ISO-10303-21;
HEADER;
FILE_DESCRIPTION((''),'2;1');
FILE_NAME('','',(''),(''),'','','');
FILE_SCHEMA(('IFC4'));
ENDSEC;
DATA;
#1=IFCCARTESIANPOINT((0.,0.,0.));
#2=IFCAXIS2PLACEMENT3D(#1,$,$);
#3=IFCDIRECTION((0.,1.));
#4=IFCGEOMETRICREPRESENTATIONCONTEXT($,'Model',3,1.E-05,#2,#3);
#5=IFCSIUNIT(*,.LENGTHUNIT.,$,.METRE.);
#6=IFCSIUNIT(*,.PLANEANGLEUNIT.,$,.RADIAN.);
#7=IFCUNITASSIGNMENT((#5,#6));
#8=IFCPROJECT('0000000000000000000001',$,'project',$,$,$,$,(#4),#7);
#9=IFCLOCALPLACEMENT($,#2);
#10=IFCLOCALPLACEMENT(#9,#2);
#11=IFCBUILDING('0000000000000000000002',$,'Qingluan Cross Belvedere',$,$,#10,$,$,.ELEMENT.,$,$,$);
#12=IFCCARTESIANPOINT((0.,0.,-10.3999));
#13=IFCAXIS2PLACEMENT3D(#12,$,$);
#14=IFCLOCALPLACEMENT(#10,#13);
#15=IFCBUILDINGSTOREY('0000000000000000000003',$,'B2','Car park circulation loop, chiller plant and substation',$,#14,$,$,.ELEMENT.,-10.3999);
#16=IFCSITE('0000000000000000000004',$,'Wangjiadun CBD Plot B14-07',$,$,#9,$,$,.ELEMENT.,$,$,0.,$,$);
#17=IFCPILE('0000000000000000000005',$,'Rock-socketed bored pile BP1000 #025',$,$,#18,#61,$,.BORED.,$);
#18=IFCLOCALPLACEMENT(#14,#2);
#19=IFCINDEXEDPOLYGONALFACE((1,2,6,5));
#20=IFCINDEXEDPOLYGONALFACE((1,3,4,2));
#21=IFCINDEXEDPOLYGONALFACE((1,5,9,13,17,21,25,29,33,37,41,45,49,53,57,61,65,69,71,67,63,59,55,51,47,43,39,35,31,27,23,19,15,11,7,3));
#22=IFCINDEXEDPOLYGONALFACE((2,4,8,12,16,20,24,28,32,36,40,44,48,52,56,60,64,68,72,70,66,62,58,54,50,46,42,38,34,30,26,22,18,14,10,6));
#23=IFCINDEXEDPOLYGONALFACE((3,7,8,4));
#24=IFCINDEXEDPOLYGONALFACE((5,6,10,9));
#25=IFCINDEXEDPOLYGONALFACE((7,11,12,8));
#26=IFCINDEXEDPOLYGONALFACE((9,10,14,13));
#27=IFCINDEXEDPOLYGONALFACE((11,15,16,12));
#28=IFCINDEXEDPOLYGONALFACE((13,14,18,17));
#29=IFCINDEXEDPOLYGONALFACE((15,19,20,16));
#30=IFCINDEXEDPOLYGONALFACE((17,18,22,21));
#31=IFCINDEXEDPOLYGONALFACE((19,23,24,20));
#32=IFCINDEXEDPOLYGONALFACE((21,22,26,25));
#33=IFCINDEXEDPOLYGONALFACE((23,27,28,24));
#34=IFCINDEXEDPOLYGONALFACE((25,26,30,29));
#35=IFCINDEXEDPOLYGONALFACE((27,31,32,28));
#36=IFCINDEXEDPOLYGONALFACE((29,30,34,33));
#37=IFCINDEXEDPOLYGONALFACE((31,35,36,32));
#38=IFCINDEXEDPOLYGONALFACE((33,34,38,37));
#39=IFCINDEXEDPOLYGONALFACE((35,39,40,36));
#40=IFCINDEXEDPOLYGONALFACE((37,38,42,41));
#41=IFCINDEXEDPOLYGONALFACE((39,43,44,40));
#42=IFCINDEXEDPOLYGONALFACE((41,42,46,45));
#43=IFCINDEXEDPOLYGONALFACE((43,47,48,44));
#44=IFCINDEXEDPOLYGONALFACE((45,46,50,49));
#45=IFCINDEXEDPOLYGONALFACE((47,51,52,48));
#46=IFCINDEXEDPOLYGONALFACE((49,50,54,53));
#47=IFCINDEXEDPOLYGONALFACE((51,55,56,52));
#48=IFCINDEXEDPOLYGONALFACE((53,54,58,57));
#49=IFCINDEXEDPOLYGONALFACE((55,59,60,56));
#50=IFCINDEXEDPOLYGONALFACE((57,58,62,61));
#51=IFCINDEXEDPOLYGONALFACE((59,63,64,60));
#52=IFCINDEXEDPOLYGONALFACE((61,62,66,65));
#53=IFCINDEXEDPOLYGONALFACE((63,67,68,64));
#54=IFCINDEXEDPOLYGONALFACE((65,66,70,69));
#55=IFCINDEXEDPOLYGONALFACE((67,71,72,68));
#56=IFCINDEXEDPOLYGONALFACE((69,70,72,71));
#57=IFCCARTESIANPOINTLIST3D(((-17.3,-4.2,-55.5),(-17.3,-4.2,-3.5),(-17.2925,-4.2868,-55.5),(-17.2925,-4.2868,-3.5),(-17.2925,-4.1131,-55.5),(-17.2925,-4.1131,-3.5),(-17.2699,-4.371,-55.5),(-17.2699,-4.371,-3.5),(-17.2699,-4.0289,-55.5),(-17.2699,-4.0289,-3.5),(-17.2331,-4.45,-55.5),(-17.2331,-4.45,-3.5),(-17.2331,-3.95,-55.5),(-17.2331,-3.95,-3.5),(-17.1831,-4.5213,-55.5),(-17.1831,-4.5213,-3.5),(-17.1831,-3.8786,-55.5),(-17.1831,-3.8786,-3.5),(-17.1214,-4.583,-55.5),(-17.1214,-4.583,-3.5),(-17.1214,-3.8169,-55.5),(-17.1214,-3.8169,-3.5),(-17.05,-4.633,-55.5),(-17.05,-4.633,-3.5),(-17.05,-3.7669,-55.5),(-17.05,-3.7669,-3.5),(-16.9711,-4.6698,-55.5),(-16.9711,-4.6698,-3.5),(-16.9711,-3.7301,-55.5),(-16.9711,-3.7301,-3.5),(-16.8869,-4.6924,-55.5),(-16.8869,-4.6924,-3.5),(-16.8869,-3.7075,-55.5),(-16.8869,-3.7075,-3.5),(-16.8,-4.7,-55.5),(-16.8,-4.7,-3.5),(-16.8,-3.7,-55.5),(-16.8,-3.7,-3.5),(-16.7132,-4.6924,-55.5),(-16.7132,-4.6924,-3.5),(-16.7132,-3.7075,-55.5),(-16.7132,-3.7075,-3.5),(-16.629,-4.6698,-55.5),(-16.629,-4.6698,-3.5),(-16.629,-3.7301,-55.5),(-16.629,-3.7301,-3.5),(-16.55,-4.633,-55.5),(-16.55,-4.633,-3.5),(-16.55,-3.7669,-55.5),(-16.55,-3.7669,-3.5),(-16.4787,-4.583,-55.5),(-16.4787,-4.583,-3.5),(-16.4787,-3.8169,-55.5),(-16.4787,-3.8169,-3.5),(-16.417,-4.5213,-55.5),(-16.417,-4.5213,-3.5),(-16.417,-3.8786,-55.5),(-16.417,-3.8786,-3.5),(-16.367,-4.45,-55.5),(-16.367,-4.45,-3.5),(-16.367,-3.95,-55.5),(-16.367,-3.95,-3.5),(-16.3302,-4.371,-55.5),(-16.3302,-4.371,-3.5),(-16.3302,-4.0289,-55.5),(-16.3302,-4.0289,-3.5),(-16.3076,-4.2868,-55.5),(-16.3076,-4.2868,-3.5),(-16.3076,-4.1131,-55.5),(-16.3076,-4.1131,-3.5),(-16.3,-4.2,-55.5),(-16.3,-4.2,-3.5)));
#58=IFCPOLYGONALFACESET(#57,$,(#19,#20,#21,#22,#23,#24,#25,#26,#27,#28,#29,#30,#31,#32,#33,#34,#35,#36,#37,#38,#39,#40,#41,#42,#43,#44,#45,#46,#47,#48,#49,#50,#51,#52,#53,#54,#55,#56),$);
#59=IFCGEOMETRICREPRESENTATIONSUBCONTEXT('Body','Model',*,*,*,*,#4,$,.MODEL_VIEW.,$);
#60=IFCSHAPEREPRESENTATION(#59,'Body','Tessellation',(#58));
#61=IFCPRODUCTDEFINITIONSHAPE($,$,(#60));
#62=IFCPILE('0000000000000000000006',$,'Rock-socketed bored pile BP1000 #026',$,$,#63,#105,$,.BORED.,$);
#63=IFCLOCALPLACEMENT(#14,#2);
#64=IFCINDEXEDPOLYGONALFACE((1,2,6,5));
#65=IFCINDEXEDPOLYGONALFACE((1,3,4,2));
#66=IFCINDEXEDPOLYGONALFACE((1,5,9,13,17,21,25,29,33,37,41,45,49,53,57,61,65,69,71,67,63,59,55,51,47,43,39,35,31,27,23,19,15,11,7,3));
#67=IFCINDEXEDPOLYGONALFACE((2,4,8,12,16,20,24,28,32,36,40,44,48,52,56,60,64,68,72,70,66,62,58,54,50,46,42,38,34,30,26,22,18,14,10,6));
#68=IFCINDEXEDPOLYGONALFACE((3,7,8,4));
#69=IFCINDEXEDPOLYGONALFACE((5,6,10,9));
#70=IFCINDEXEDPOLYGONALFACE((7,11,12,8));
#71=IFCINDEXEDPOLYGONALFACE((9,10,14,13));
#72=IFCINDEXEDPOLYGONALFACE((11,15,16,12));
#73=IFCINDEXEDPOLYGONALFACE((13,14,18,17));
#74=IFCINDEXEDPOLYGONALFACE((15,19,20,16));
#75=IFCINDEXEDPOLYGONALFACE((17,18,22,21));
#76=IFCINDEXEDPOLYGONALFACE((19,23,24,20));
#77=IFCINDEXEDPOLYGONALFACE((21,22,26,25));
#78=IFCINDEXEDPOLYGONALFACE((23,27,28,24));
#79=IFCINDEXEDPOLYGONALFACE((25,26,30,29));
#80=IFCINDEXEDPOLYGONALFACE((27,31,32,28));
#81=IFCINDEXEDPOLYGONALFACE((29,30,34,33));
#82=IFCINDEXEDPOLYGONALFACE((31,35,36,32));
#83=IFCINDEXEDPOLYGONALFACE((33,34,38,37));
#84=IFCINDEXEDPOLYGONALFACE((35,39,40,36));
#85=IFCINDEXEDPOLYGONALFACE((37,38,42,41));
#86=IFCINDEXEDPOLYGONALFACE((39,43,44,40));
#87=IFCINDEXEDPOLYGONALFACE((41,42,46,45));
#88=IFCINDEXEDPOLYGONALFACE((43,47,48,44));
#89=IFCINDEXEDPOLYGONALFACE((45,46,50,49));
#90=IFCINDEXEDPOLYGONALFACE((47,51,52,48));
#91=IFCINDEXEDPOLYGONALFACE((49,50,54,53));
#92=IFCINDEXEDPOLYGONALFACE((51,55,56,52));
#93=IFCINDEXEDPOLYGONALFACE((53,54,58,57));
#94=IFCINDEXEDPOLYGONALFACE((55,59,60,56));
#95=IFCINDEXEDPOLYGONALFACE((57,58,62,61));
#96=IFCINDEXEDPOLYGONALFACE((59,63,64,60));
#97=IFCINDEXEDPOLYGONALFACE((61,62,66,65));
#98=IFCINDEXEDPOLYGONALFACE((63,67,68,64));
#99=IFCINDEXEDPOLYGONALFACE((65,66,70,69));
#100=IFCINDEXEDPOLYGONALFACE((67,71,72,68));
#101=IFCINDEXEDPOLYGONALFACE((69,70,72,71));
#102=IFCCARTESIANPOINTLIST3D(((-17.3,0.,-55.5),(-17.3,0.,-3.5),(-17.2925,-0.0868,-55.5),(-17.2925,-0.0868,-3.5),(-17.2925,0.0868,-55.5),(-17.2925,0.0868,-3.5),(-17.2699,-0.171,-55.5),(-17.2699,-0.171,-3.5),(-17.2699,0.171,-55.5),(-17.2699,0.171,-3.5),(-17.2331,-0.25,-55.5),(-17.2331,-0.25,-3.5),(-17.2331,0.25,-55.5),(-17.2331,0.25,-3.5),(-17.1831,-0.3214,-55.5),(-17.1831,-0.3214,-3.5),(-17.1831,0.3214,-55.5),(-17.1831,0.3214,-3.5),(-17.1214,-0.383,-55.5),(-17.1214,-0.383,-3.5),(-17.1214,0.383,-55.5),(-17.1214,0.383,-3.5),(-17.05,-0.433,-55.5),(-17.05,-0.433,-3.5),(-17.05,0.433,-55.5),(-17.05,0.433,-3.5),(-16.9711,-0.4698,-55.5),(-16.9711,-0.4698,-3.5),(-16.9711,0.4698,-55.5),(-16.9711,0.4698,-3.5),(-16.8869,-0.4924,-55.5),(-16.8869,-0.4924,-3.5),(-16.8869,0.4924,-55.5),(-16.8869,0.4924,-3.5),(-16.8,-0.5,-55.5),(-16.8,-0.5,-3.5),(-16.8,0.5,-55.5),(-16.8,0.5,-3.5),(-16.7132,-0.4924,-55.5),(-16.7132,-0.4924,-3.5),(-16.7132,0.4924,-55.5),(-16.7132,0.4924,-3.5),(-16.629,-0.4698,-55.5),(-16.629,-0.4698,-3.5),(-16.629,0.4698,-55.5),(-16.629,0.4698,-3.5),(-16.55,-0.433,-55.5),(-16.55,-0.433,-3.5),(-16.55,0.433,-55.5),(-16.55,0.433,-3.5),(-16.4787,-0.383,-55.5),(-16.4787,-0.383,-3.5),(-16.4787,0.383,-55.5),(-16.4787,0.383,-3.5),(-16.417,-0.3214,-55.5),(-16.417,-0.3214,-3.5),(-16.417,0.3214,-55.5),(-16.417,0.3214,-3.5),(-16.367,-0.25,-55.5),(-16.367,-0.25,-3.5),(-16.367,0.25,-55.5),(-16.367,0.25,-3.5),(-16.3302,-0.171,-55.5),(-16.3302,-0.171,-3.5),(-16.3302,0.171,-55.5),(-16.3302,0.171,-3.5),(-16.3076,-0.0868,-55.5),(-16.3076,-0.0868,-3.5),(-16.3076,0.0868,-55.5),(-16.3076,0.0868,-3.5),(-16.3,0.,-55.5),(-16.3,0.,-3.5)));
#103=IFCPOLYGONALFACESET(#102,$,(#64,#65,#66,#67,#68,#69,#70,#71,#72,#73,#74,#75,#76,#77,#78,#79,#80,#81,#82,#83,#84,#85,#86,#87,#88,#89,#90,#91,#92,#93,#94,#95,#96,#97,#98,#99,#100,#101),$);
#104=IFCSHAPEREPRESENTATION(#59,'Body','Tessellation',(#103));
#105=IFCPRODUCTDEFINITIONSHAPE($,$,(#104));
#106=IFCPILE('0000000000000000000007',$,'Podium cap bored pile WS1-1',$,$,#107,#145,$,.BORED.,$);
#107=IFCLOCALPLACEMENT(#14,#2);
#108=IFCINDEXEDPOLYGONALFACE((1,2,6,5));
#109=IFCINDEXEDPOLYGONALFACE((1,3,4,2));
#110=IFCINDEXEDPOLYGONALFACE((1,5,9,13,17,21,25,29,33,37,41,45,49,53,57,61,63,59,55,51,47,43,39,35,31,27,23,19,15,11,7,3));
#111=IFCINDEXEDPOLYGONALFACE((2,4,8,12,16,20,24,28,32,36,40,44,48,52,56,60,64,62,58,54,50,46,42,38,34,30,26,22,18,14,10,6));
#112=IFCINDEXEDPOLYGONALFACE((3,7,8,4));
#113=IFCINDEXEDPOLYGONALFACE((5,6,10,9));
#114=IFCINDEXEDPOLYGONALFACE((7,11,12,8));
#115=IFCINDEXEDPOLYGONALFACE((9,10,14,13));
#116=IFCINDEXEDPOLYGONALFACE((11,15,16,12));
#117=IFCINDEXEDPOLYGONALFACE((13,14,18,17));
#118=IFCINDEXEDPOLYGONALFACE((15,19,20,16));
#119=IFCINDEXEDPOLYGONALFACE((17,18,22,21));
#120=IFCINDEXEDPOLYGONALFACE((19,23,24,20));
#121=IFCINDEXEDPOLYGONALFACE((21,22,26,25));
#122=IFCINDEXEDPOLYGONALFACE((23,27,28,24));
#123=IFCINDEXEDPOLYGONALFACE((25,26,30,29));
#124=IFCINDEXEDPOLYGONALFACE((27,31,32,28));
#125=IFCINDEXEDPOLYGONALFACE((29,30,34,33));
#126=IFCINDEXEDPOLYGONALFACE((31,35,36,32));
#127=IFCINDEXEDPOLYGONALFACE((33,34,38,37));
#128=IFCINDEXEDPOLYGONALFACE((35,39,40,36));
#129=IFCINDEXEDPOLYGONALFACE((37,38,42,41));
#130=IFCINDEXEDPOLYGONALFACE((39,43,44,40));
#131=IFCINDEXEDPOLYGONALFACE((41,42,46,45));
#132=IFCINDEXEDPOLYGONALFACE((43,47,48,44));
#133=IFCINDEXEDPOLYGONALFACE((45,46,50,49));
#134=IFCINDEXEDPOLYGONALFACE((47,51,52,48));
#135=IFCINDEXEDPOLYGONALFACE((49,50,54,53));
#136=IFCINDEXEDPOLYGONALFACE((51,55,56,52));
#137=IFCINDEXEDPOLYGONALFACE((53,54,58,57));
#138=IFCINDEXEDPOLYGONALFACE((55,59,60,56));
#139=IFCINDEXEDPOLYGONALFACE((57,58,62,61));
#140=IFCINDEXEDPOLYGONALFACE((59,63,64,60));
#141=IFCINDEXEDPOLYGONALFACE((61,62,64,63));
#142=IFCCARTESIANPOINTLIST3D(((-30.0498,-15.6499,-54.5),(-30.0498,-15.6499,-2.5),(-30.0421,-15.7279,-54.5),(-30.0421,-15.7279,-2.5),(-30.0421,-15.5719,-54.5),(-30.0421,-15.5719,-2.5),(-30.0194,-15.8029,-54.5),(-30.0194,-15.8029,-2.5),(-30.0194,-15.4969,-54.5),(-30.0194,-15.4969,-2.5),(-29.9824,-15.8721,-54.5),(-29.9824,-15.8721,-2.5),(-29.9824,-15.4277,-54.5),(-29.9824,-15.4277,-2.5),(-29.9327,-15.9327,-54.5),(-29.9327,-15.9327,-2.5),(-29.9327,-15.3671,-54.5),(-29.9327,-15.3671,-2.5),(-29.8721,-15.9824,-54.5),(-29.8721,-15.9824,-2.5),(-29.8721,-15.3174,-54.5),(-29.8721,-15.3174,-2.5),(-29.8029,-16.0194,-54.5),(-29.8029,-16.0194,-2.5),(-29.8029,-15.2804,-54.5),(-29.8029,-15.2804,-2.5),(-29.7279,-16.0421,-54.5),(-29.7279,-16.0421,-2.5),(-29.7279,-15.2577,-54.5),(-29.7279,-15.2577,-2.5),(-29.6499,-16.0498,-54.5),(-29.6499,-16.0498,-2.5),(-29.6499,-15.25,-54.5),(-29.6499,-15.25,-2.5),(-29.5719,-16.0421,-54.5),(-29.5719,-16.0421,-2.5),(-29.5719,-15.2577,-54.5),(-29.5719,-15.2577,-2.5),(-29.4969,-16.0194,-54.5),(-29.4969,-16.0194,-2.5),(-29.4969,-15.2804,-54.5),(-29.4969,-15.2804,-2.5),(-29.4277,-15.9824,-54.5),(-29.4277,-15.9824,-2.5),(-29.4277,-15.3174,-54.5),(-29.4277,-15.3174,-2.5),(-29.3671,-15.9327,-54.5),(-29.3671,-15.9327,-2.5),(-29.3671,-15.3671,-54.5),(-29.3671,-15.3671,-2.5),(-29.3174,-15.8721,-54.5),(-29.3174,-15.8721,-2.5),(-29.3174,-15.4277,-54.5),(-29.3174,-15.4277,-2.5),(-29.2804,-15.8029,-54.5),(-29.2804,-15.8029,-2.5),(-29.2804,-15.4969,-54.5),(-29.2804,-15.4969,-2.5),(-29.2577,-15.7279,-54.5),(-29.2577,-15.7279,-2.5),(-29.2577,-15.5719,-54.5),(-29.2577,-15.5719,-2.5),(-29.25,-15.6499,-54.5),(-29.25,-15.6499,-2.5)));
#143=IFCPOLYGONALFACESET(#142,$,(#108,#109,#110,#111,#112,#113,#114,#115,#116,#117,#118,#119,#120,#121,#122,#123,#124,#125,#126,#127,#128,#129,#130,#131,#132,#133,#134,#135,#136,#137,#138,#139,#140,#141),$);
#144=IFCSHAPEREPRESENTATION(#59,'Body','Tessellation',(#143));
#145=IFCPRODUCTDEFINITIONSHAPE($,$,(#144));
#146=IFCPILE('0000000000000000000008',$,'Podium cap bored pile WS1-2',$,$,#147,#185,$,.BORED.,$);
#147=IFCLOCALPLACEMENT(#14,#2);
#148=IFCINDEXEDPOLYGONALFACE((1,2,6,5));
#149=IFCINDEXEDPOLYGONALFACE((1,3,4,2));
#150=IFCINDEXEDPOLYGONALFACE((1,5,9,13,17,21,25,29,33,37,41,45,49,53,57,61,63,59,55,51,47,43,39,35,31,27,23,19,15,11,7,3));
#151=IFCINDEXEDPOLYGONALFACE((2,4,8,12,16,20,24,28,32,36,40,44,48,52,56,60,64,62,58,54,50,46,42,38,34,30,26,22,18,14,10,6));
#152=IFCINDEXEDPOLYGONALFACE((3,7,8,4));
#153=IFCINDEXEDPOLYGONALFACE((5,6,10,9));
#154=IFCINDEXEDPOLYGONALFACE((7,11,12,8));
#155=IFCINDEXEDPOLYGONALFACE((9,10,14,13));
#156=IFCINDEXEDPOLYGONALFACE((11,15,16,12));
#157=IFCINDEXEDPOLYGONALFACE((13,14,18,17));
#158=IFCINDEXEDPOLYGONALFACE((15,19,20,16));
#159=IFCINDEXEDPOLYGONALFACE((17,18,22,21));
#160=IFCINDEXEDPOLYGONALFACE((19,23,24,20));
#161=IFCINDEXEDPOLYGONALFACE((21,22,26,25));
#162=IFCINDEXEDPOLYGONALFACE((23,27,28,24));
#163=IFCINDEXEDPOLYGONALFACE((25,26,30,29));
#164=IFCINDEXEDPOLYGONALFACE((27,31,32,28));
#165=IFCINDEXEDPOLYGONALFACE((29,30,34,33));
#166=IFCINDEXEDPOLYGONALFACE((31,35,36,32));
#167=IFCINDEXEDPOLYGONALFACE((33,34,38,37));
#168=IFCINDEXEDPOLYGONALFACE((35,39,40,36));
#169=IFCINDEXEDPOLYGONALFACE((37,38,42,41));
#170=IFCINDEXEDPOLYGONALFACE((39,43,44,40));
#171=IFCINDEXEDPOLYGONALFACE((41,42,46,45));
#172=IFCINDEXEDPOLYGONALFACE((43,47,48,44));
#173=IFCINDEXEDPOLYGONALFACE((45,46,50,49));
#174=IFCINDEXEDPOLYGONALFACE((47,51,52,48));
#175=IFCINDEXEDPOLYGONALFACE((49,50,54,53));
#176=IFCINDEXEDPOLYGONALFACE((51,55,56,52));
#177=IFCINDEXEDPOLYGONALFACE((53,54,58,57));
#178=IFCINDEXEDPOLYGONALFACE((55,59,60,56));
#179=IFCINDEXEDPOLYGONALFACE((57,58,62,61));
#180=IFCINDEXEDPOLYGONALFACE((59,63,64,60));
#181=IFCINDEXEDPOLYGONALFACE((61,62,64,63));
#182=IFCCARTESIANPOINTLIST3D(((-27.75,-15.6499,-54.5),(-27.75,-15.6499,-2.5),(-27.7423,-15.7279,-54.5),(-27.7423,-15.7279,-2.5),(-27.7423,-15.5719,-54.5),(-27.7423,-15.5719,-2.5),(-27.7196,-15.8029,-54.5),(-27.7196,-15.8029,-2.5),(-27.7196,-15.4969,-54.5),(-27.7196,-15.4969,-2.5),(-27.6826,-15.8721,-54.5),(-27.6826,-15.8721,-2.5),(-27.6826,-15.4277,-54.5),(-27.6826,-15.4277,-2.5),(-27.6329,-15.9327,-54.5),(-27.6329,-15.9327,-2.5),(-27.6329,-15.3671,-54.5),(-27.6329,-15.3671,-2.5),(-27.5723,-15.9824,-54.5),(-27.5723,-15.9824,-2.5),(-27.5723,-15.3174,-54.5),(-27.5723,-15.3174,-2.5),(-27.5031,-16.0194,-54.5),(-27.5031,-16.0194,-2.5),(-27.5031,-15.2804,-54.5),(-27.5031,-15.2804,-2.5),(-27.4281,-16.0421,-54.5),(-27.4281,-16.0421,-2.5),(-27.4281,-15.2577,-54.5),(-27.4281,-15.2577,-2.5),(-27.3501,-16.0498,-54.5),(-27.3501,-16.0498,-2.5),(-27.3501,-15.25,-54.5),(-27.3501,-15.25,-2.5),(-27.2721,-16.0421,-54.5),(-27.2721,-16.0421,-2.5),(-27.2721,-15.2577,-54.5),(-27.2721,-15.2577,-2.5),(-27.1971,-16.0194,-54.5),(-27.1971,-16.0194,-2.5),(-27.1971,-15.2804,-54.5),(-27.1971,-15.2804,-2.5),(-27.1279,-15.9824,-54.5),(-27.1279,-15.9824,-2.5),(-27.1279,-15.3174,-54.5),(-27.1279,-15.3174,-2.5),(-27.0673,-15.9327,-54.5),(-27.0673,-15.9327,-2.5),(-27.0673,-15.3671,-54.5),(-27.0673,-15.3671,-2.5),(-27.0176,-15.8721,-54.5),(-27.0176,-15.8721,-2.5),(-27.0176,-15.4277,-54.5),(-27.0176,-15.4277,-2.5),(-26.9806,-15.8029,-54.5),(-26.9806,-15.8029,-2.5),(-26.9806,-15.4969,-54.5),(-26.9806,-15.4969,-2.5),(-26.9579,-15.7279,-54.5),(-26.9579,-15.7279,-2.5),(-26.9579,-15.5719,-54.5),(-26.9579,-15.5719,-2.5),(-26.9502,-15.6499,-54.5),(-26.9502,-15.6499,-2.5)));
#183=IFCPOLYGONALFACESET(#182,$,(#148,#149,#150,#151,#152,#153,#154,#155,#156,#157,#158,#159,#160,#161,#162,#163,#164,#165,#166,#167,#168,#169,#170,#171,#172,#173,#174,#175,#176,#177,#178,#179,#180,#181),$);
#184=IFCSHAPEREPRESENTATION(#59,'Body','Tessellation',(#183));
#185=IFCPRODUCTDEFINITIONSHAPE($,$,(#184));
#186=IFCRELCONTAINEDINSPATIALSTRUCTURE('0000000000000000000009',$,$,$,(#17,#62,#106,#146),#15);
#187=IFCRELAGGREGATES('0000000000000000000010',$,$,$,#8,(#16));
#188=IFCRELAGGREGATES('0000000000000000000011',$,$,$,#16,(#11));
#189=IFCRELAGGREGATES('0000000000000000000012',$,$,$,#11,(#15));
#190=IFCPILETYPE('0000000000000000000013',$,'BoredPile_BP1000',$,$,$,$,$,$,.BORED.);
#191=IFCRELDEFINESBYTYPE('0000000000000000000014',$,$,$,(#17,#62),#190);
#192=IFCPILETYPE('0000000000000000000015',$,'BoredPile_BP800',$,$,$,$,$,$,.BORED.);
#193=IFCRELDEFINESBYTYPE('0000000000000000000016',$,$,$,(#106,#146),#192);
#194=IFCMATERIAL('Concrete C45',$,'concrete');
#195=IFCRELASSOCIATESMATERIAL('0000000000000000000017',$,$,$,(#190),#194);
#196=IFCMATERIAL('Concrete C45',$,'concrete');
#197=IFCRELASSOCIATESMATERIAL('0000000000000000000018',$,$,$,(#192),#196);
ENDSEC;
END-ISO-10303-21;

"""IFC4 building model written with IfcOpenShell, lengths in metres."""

from ifc_helpers import new_model, si_unit, direction, frame, origin, origin_2d, place, context, subcontext, project, spatial, circle, extrude, material, material_profile, profile_set, type_object, element, save


model = new_model("IFC4")

# Units and contexts
model_context = context("Model", 3, precision=1e-05, world=origin(), true_north=direction((0.0, 1.0)))
body_context = subcontext(model_context, "Body", "Model", "MODEL_VIEW")
ifc_project = project(units=[si_unit("LENGTHUNIT", "METRE"), si_unit("PLANEANGLEUNIT", "RADIAN")], contexts=[model_context])

# Site, building, storey
site_placement = place(None, origin())
site = spatial("IfcSite", under=ifc_project, at=site_placement, Name="Wangjiadun CBD Plot B14-07", CompositionType="ELEMENT", RefElevation=0.0)
building_placement = place(site_placement, origin())
building = spatial("IfcBuilding", under=site, at=building_placement, Name="Qingluan Cross Belvedere", CompositionType="ELEMENT")
storey_placement = place(building_placement, frame((0.0, 0.0, -10.3999)))
storey = spatial("IfcBuildingStorey", under=building, at=storey_placement, Name="B2", Description="Car park circulation loop, chiller plant and substation", CompositionType="ELEMENT", Elevation=-10.3999)

# Piles
ifc_material_1 = material(Name="Concrete C45", Category="concrete")
ifc_material_profile_1 = material_profile(ifc_material_1, circle(Radius=0.5, at=origin_2d()), Name="BP1000")
ifc_profile_set_1 = profile_set([ifc_material_profile_1], Name="Concrete C45")
pile_type_1 = type_object("IfcPileType", Name="BoredPile_BP1000", PredefinedType="BORED", material=ifc_profile_set_1)
for number, where, z_axis, x_axis, name in (
    (1, (-16.8, -4.2, -3.5), (0.0, 0.0, -1.0), (1.0, 0.0, 0.0), "Rock-socketed bored pile BP1000 #025"),
    (2, (-16.8, 0.0, -3.5), (0.0, 0.0, -1.0), (1.0, 0.0, 0.0), "Rock-socketed bored pile BP1000 #026"),
):
    element("IfcPile", number, at=place(storey_placement, frame(where, z_axis=z_axis, x_axis=x_axis)), inside=storey, type_object=pile_type_1, Name=name, PredefinedType="BORED", context=body_context, shape_type="SweptSolid", body=[
        extrude(circle(Radius=0.5, at=origin_2d()), origin(), (0.0, 0.0, 1.0), 52.0),
    ])
ifc_material_2 = material(Name="Concrete C45", Category="concrete")
ifc_material_profile_2 = material_profile(ifc_material_2, circle(Radius=0.3999, at=origin_2d()), Name="BP800")
ifc_profile_set_2 = profile_set([ifc_material_profile_2], Name="Concrete C45")
pile_type_2 = type_object("IfcPileType", Name="BoredPile_BP800", PredefinedType="BORED", material=ifc_profile_set_2)
for number, where, z_axis, x_axis, name in (
    (3, (-29.6499, -15.6499, -2.5), (0.0, 0.0, -1.0), (1.0, 0.0, 0.0), "Podium cap bored pile WS1-1"),
    (4, (-27.3501, -15.6499, -2.5), (0.0, 0.0, -1.0), (1.0, 0.0, 0.0), "Podium cap bored pile WS1-2"),
):
    element("IfcPile", number, at=place(storey_placement, frame(where, z_axis=z_axis, x_axis=x_axis)), inside=storey, type_object=pile_type_2, Name=name, PredefinedType="BORED", context=body_context, shape_type="SweptSolid", body=[
        extrude(circle(Radius=0.3999, at=origin_2d()), origin(), (0.0, 0.0, 1.0), 52.0),
    ])

save(model, "model.ifc")
